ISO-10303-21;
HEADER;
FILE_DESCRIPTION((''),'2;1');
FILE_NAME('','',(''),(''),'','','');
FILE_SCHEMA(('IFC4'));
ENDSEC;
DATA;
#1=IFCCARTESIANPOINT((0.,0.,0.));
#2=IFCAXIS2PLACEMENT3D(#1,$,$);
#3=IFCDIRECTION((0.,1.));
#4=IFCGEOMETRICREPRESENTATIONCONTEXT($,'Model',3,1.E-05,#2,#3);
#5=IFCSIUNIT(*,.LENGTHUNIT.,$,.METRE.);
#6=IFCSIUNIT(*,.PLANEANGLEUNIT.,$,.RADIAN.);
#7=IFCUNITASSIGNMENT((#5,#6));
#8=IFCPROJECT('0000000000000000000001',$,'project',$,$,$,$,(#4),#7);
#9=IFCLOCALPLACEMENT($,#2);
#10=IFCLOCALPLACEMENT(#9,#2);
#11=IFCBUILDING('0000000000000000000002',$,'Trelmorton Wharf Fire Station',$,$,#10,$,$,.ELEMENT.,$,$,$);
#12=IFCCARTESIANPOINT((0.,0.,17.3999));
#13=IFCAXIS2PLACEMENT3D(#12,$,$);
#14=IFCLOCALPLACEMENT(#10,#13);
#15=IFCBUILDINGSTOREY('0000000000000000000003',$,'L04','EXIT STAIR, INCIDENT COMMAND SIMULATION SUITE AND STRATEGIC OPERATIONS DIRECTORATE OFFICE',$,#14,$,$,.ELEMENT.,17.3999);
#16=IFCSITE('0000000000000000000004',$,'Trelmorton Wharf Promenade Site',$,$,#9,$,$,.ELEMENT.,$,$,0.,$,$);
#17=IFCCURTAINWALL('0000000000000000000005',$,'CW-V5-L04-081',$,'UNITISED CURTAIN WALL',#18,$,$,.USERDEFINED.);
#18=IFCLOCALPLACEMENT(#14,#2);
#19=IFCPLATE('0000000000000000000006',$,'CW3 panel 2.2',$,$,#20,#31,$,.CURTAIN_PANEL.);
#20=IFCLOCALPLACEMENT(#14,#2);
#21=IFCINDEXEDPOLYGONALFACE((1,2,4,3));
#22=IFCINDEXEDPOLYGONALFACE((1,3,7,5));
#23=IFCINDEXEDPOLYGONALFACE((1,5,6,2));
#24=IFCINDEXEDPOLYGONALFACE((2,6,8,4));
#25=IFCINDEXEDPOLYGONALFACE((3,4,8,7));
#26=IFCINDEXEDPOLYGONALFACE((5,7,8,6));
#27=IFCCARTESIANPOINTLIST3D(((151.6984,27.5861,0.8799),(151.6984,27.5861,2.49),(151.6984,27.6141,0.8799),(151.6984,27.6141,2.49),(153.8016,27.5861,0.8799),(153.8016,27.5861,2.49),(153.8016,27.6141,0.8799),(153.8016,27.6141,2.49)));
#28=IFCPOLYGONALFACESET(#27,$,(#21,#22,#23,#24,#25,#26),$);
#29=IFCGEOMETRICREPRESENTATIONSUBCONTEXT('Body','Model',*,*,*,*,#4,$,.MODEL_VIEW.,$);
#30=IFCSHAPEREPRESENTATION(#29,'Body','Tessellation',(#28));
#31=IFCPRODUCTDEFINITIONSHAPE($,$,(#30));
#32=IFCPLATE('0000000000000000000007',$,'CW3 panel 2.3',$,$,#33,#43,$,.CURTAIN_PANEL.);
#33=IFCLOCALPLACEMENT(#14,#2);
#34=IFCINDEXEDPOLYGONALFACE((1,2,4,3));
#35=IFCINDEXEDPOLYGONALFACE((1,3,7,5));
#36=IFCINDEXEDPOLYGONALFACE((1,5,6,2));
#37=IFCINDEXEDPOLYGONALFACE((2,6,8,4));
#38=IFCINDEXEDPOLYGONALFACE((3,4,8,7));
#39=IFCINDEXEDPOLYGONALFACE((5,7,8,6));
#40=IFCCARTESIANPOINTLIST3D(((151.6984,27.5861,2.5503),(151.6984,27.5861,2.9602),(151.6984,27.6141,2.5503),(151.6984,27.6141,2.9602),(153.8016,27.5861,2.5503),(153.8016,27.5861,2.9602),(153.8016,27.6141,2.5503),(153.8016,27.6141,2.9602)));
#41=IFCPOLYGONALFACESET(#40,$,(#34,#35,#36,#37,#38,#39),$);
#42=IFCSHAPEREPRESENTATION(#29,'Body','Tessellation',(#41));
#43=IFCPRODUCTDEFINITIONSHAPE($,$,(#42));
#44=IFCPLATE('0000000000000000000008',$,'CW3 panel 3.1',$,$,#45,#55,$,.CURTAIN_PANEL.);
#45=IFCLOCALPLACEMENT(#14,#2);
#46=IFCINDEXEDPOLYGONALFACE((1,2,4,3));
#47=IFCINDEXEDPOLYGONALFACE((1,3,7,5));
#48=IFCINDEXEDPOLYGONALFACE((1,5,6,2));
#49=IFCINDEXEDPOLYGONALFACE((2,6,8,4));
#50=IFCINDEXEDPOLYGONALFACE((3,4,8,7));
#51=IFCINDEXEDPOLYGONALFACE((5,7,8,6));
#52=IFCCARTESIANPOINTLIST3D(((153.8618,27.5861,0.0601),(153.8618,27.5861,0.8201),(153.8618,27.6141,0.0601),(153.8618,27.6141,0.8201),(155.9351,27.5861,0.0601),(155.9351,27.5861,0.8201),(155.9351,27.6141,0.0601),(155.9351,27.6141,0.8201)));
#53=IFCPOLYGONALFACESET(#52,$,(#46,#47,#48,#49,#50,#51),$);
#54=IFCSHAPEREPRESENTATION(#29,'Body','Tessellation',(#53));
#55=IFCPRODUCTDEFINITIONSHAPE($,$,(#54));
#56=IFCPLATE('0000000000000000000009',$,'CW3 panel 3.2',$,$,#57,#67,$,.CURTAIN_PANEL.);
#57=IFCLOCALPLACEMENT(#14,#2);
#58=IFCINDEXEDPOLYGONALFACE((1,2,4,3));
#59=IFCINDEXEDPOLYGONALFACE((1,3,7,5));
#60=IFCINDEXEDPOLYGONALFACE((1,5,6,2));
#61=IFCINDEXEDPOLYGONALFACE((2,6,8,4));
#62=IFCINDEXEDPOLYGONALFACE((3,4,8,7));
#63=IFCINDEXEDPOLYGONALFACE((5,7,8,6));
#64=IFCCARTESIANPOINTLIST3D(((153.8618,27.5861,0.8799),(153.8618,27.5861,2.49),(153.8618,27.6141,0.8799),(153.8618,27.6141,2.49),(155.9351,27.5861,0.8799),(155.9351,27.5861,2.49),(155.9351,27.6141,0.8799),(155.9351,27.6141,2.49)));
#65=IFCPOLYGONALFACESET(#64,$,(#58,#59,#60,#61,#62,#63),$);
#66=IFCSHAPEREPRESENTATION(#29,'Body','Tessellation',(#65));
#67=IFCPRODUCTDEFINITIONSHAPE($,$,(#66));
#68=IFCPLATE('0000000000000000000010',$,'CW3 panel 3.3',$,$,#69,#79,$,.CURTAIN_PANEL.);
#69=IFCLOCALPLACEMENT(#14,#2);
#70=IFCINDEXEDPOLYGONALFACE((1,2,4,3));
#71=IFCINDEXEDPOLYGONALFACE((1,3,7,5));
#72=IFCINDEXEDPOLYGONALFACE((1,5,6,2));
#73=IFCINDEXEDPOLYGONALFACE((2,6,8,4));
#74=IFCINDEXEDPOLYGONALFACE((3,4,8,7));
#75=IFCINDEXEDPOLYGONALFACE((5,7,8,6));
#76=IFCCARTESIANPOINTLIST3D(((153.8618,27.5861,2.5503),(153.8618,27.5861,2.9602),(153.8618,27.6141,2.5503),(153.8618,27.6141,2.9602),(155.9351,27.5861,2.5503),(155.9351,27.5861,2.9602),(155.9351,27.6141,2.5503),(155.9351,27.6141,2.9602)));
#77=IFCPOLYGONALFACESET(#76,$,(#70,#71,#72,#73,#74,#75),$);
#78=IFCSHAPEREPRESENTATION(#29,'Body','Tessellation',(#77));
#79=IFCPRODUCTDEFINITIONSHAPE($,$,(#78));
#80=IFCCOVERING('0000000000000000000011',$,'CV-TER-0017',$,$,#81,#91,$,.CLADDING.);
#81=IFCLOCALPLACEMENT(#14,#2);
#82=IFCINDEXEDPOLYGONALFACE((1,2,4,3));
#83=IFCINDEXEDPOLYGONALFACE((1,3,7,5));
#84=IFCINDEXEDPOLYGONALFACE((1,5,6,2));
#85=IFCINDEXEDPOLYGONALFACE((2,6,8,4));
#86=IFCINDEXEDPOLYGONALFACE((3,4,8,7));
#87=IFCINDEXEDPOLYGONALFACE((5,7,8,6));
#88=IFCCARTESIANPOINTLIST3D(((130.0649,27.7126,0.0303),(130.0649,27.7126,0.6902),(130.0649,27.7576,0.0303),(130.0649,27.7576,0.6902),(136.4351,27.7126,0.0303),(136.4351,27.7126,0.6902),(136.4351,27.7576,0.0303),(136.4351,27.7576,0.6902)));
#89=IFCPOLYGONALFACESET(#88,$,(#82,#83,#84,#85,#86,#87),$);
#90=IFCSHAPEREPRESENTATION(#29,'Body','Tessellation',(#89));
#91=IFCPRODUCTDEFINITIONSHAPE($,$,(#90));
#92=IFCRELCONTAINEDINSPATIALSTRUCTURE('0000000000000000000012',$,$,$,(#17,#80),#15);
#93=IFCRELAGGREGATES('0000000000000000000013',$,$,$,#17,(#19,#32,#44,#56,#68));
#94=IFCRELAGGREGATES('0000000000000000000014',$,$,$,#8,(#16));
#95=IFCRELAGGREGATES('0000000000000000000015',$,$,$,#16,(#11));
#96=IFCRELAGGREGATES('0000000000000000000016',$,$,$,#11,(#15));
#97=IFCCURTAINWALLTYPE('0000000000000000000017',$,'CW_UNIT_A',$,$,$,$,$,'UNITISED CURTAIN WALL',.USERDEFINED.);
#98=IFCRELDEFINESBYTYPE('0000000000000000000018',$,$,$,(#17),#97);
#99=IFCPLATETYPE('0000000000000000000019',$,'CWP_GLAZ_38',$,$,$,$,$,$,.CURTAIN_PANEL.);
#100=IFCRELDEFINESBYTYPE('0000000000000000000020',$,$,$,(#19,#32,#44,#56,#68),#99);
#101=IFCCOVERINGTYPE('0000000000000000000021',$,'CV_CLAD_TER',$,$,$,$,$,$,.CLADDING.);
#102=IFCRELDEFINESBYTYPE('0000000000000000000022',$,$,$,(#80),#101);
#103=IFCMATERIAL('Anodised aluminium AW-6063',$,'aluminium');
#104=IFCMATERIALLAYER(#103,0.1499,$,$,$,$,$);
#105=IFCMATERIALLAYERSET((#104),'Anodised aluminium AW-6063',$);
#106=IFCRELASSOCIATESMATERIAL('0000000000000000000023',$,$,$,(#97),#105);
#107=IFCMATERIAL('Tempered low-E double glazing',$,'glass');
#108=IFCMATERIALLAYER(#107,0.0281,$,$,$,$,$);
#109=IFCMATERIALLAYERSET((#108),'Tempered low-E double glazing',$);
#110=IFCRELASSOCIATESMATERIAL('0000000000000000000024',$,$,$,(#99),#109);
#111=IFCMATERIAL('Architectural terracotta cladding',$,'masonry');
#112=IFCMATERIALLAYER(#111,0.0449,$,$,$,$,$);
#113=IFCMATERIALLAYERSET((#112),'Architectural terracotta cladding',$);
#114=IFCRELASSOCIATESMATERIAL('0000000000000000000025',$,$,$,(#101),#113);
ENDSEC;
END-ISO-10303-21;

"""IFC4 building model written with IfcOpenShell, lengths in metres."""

from ifc_helpers import new_model, si_unit, direction, frame, origin, origin_2d, place, context, subcontext, project, spatial, rectangle, extrude, material, layer, layer_set, type_object, element, aggregate, save


model = new_model("IFC4")

# Units and contexts
model_context = context("Model", 3, precision=1e-05, world=origin(), true_north=direction((0.0, 1.0)))
body_context = subcontext(model_context, "Body", "Model", "MODEL_VIEW")
ifc_project = project(units=[si_unit("LENGTHUNIT", "METRE"), si_unit("PLANEANGLEUNIT", "RADIAN")], contexts=[model_context])

# Site, building, storey
site_placement = place(None, origin())
site = spatial("IfcSite", under=ifc_project, at=site_placement, Name="Trelmorton Wharf Promenade Site", CompositionType="ELEMENT", RefElevation=0.0)
building_placement = place(site_placement, origin())
building = spatial("IfcBuilding", under=site, at=building_placement, Name="Trelmorton Wharf Fire Station", CompositionType="ELEMENT")
storey_placement = place(building_placement, frame((0.0, 0.0, 17.3999)))
storey = spatial("IfcBuildingStorey", under=building, at=storey_placement, Name="L04", Description="EXIT STAIR, INCIDENT COMMAND SIMULATION SUITE AND STRATEGIC OPERATIONS DIRECTORATE OFFICE", CompositionType="ELEMENT", Elevation=17.3999)

# Curtain wall, plates
ifc_material_1 = material(Name="Anodised aluminium AW-6063", Category="aluminium")
ifc_layer_1 = layer(ifc_material_1, 0.1499)
ifc_layer_set_1 = layer_set([ifc_layer_1], Name="Anodised aluminium AW-6063")
curtain_wall_type = type_object("IfcCurtainWallType", Name="CW_UNIT_A", ElementType="UNITISED CURTAIN WALL", PredefinedType="USERDEFINED", material=ifc_layer_set_1)
curtain_wall_placement = place(storey_placement, origin())
curtain_wall = element("IfcCurtainWall", 1, at=curtain_wall_placement, inside=storey, type_object=curtain_wall_type, Name="CW-V5-L04-081", ObjectType="UNITISED CURTAIN WALL", PredefinedType="USERDEFINED")
ifc_material_2 = material(Name="Tempered low-E double glazing", Category="glass")
ifc_layer_2 = layer(ifc_material_2, 0.0281)
ifc_layer_set_2 = layer_set([ifc_layer_2], Name="Tempered low-E double glazing")
plate_type = type_object("IfcPlateType", Name="CWP_GLAZ_38", PredefinedType="CURTAIN_PANEL", material=ifc_layer_set_2)
plate_1_placement = place(storey_placement, frame((152.75, 27.6001, 0.8799), z_axis=(0.0, 0.0, 1.0), x_axis=(1.0, 0.0, 0.0)))
plate_1 = element("IfcPlate", 2, at=plate_1_placement, type_object=plate_type, Name="CW3 panel 2.2", PredefinedType="CURTAIN_PANEL", context=body_context, shape_type="SweptSolid", body=[
    extrude(rectangle(XDim=2.1033, YDim=0.0281, at=origin_2d()), origin(), (0.0, 0.0, 1.0), 1.6101),
])
plate_2_placement = place(storey_placement, frame((152.75, 27.6001, 2.5503), z_axis=(0.0, 0.0, 1.0), x_axis=(1.0, 0.0, 0.0)))
plate_2 = element("IfcPlate", 3, at=plate_2_placement, type_object=plate_type, Name="CW3 panel 2.3", PredefinedType="CURTAIN_PANEL", context=body_context, shape_type="SweptSolid", body=[
    extrude(rectangle(XDim=2.1033, YDim=0.0281, at=origin_2d()), origin(), (0.0, 0.0, 1.0), 0.4099),
])
plate_3_placement = place(storey_placement, frame((154.8984, 27.6001, 0.0601), z_axis=(0.0, 0.0, 1.0), x_axis=(1.0, 0.0, 0.0)))
plate_3 = element("IfcPlate", 4, at=plate_3_placement, type_object=plate_type, Name="CW3 panel 3.1", PredefinedType="CURTAIN_PANEL", context=body_context, shape_type="SweptSolid", body=[
    extrude(rectangle(XDim=2.0732, YDim=0.0281, at=origin_2d()), origin(), (0.0, 0.0, 1.0), 0.76),
])
plate_4_placement = place(storey_placement, frame((154.8984, 27.6001, 0.8799), z_axis=(0.0, 0.0, 1.0), x_axis=(1.0, 0.0, 0.0)))
plate_4 = element("IfcPlate", 5, at=plate_4_placement, type_object=plate_type, Name="CW3 panel 3.2", PredefinedType="CURTAIN_PANEL", context=body_context, shape_type="SweptSolid", body=[
    extrude(rectangle(XDim=2.0732, YDim=0.0281, at=origin_2d()), origin(), (0.0, 0.0, 1.0), 1.6101),
])
plate_5_placement = place(storey_placement, frame((154.8984, 27.6001, 2.5503), z_axis=(0.0, 0.0, 1.0), x_axis=(1.0, 0.0, 0.0)))
plate_5 = element("IfcPlate", 6, at=plate_5_placement, type_object=plate_type, Name="CW3 panel 3.3", PredefinedType="CURTAIN_PANEL", context=body_context, shape_type="SweptSolid", body=[
    extrude(rectangle(XDim=2.0732, YDim=0.0281, at=origin_2d()), origin(), (0.0, 0.0, 1.0), 0.4099),
])
aggregate(curtain_wall, [plate_1, plate_2, plate_3, plate_4, plate_5])

# Covering
ifc_material_3 = material(Name="Architectural terracotta cladding", Category="masonry")
ifc_layer_3 = layer(ifc_material_3, 0.0449)
ifc_layer_set_3 = layer_set([ifc_layer_3], Name="Architectural terracotta cladding")
covering_type = type_object("IfcCoveringType", Name="CV_CLAD_TER", PredefinedType="CLADDING", material=ifc_layer_set_3)
covering_placement = place(storey_placement, frame((133.25, 27.7351, 0.0303), z_axis=(0.0, 0.0, 1.0), x_axis=(1.0, 0.0, 0.0)))
element("IfcCovering", 7, at=covering_placement, inside=storey, type_object=covering_type, Name="CV-TER-0017", PredefinedType="CLADDING", context=body_context, shape_type="SweptSolid", body=[
    extrude(rectangle(XDim=6.3701, YDim=0.0449, at=origin_2d()), origin(), (0.0, 0.0, 1.0), 0.6599),
])

save(model, "model.ifc")
